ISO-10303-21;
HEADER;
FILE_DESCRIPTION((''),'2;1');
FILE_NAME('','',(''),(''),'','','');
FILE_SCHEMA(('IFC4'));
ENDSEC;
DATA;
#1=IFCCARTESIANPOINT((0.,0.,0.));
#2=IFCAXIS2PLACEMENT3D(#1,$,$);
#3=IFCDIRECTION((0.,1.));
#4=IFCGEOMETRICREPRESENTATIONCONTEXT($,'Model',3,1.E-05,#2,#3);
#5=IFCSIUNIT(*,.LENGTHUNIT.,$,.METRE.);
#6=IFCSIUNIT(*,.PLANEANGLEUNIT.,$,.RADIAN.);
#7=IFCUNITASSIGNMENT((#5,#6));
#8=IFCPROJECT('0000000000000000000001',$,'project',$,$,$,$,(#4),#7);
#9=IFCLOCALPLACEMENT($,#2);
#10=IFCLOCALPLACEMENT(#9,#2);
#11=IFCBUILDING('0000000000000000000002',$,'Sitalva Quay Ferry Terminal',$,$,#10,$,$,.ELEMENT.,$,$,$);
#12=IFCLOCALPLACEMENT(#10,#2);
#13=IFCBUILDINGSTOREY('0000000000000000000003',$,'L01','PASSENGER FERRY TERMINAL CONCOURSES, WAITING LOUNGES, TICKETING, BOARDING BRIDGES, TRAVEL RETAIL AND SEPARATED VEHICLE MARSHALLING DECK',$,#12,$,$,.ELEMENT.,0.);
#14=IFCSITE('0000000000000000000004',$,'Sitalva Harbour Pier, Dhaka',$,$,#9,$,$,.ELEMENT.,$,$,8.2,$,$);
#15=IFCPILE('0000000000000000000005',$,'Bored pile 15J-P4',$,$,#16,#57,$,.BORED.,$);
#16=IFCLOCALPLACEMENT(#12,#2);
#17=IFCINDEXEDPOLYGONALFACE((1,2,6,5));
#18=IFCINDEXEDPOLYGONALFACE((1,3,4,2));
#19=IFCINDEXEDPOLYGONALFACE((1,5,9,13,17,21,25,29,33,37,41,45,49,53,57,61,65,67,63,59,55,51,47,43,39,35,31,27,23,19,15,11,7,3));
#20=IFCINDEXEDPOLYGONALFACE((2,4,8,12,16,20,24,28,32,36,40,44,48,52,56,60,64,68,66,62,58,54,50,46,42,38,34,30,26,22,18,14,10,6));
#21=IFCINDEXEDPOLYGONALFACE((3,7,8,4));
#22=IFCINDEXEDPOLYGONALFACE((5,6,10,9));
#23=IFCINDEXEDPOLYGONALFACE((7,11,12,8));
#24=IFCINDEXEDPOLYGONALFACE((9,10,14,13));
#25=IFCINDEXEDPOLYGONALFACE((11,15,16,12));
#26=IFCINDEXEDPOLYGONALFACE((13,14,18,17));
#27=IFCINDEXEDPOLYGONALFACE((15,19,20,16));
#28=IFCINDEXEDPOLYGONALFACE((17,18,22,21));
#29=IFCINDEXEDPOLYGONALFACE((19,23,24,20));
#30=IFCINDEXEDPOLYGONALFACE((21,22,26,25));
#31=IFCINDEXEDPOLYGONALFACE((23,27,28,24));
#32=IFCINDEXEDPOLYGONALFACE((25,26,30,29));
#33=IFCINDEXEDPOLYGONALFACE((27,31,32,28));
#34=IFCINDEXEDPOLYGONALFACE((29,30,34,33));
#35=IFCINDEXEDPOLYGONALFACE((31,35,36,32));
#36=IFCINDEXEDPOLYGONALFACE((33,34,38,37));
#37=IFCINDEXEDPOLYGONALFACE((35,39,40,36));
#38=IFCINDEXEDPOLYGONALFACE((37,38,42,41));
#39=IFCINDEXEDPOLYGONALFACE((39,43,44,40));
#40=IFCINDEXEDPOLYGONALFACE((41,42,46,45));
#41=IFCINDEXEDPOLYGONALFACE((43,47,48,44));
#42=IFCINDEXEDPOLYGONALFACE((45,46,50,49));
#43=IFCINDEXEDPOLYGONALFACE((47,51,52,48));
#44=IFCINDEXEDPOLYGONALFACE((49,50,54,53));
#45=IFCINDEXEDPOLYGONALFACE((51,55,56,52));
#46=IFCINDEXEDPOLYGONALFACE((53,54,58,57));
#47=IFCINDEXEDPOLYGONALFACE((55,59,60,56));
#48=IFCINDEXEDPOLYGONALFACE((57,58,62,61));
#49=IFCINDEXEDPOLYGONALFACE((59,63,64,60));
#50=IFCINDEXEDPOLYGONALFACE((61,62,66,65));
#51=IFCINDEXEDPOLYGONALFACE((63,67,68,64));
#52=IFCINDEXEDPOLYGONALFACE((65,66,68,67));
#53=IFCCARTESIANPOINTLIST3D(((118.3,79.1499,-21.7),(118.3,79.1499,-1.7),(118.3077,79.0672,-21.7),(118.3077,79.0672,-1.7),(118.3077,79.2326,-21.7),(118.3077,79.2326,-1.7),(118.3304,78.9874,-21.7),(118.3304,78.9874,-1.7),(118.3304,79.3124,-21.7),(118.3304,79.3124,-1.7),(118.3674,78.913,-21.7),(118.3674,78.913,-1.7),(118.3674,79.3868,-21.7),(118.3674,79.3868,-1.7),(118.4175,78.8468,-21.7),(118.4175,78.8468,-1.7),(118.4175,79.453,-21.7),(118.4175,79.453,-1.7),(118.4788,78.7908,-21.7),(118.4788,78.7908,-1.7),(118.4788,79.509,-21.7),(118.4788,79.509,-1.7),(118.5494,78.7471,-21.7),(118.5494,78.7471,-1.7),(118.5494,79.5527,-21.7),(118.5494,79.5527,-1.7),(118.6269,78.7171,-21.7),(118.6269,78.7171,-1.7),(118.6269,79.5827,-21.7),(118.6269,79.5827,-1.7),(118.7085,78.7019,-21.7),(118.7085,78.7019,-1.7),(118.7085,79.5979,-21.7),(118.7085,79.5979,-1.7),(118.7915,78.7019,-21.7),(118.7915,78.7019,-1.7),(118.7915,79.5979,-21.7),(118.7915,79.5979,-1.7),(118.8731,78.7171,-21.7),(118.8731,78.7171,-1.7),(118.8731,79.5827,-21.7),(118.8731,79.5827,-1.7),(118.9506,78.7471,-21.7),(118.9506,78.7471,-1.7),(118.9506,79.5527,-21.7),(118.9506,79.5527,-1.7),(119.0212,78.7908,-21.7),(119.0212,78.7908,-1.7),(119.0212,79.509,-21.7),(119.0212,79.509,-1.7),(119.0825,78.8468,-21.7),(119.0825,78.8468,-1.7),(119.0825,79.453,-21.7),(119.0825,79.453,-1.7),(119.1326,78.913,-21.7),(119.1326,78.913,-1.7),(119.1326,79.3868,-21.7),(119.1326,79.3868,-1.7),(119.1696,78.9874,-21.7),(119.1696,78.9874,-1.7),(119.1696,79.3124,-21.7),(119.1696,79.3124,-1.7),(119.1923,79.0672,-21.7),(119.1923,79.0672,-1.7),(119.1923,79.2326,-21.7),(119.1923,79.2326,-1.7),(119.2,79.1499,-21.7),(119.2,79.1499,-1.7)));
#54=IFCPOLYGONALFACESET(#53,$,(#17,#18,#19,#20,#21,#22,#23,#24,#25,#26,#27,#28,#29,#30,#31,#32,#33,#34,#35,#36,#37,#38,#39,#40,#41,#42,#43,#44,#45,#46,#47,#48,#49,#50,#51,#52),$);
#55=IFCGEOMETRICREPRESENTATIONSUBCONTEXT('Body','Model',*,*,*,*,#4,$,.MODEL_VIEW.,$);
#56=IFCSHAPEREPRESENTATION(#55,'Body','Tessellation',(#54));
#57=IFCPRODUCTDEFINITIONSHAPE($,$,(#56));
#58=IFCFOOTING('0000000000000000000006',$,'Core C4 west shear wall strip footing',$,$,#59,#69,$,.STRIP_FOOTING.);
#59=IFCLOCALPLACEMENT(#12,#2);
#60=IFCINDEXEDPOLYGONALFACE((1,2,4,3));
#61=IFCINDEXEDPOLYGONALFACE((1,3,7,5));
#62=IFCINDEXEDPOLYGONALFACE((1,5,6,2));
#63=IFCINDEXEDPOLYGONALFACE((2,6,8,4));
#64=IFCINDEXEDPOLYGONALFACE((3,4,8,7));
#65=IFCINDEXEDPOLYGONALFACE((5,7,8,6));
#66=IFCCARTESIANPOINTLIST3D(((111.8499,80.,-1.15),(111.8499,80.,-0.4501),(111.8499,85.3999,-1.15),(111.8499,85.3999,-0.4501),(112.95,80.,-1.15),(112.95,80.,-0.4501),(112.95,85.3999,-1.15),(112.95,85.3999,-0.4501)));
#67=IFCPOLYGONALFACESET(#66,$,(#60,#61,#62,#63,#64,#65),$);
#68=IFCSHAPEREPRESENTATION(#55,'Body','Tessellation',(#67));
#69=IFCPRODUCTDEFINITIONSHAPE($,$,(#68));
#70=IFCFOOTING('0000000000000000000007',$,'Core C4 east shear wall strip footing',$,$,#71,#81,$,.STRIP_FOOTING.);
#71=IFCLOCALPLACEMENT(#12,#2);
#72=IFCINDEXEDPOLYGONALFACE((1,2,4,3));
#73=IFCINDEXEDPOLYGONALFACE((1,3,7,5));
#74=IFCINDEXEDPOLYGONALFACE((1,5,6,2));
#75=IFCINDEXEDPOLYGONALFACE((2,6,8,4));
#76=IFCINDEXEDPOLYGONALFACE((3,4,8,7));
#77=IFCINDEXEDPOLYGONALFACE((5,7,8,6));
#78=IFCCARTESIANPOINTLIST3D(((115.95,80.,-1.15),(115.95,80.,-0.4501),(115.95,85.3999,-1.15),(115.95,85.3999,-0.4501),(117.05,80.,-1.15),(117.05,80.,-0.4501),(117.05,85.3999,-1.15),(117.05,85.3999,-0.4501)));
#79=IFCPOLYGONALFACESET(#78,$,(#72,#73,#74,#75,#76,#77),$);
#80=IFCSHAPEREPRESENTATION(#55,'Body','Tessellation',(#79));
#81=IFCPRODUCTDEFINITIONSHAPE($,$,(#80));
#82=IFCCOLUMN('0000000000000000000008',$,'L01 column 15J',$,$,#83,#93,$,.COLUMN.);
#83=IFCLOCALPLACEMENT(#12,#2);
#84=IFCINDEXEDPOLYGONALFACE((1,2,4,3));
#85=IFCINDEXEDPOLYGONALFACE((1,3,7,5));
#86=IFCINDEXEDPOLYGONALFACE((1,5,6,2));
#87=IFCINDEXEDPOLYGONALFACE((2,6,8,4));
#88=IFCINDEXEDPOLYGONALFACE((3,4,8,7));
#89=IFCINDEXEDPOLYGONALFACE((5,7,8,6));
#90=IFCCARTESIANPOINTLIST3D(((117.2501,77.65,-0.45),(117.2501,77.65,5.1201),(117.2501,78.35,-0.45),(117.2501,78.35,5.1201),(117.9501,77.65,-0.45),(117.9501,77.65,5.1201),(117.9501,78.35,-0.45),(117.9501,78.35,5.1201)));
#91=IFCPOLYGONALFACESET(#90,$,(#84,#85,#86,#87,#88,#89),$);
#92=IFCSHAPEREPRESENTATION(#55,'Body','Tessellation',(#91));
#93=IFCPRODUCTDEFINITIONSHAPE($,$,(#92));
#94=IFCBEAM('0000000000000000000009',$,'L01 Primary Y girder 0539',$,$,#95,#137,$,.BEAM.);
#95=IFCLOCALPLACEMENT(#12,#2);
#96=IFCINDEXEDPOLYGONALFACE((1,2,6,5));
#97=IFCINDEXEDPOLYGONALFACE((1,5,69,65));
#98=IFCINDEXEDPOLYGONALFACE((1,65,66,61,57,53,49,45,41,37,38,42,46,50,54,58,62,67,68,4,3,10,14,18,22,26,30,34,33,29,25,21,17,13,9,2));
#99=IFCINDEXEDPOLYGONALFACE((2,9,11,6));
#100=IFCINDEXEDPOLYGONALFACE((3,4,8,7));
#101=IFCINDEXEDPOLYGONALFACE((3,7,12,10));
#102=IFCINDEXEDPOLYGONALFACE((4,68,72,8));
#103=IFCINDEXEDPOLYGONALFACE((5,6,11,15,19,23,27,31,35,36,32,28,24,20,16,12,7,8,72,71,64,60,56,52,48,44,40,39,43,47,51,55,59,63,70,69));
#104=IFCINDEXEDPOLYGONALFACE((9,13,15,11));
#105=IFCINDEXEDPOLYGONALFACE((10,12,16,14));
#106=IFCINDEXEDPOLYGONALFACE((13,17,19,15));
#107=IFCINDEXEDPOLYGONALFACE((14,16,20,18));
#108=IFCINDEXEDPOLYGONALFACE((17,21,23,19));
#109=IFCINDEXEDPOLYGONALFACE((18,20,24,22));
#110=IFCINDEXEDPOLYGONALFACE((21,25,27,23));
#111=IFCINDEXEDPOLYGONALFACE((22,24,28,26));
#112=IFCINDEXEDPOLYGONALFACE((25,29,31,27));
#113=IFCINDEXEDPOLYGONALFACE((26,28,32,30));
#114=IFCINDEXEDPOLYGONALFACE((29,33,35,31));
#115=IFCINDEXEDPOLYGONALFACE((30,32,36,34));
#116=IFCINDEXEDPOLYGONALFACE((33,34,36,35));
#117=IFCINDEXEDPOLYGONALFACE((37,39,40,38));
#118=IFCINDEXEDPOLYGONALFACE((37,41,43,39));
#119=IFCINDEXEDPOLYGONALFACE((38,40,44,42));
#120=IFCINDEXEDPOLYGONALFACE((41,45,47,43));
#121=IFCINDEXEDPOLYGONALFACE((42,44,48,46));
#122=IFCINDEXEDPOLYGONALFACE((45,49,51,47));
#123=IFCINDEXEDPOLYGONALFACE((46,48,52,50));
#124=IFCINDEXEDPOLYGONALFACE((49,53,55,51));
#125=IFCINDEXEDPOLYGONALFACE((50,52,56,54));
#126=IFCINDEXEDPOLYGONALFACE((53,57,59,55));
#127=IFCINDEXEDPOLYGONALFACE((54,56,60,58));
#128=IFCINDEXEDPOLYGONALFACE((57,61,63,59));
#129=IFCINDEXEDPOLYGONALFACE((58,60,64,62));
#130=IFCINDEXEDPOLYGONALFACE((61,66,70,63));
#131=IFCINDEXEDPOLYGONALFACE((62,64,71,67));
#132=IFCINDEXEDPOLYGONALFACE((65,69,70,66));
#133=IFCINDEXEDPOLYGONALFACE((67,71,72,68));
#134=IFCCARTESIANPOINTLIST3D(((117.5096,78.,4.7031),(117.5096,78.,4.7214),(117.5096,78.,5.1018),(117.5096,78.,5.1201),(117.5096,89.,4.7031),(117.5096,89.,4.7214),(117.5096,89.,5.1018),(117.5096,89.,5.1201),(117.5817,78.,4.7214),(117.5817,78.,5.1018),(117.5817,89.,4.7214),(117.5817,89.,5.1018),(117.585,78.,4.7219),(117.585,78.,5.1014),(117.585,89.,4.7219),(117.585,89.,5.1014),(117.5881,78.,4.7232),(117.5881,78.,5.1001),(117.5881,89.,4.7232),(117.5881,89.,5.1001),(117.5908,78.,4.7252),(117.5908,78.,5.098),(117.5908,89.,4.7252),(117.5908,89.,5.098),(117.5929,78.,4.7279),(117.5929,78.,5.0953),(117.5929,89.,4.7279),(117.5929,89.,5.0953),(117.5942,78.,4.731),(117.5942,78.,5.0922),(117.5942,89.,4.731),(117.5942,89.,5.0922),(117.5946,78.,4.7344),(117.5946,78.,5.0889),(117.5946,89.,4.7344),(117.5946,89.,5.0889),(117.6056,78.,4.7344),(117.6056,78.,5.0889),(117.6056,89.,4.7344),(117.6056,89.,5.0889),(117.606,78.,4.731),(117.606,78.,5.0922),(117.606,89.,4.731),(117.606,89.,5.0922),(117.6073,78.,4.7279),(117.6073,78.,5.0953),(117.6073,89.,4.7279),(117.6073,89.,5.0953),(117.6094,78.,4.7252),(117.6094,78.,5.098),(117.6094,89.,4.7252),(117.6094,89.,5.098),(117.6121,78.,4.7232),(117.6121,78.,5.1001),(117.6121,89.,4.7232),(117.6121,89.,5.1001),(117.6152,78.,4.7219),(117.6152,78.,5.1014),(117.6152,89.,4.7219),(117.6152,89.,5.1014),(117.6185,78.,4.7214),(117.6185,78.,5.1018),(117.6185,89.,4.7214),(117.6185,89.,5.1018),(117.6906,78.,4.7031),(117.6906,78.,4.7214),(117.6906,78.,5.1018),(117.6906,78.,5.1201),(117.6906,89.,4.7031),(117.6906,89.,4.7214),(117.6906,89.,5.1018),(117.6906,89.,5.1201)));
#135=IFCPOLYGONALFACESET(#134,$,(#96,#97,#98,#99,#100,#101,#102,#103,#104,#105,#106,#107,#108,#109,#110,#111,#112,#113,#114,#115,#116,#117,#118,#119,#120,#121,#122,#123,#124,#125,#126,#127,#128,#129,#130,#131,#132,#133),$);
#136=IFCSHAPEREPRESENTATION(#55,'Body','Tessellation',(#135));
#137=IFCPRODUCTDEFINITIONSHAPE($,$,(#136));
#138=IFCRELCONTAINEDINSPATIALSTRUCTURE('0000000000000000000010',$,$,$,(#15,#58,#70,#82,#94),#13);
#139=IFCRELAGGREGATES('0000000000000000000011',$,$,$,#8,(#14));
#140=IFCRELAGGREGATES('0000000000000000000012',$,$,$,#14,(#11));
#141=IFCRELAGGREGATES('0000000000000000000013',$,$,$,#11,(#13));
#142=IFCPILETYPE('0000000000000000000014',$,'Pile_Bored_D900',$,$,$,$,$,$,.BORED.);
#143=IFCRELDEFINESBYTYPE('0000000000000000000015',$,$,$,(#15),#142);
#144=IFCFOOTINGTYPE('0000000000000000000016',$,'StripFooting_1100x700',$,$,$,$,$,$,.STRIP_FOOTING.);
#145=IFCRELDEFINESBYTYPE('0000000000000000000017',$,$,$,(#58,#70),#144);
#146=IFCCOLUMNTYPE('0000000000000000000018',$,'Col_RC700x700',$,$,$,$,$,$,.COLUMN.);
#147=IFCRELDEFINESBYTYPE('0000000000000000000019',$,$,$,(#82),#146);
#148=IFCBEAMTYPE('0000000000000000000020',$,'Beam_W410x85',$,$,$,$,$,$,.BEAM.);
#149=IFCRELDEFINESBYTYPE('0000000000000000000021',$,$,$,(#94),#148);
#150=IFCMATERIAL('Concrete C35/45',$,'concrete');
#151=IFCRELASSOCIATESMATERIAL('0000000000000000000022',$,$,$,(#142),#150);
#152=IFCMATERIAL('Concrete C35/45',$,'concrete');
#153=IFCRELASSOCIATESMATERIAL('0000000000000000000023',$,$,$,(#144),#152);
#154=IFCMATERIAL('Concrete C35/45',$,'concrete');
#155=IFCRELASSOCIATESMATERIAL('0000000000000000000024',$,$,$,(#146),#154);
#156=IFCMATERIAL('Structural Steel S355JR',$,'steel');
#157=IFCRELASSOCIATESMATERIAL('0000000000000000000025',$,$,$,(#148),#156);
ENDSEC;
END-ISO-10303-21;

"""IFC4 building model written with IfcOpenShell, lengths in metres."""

from ifc_helpers import new_model, si_unit, direction, frame, origin, origin_2d, place, context, subcontext, project, spatial, rectangle, circle, i_section, extrude, material, material_profile, profile_set, type_object, element, save


model = new_model("IFC4")

# Units and contexts
model_context = context("Model", 3, precision=1e-05, world=origin(), true_north=direction((0.0, 1.0)))
body_context = subcontext(model_context, "Body", "Model", "MODEL_VIEW")
ifc_project = project(units=[si_unit("LENGTHUNIT", "METRE"), si_unit("PLANEANGLEUNIT", "RADIAN")], contexts=[model_context])

# Site, building, storey
site_placement = place(None, origin())
site = spatial("IfcSite", under=ifc_project, at=site_placement, Name="Sitalva Harbour Pier, Dhaka", CompositionType="ELEMENT", RefElevation=8.2)
building_placement = place(site_placement, origin())
building = spatial("IfcBuilding", under=site, at=building_placement, Name="Sitalva Quay Ferry Terminal", CompositionType="ELEMENT")
storey_placement = place(building_placement, origin())
storey = spatial("IfcBuildingStorey", under=building, at=storey_placement, Name="L01", Description="PASSENGER FERRY TERMINAL CONCOURSES, WAITING LOUNGES, TICKETING, BOARDING BRIDGES, TRAVEL RETAIL AND SEPARATED VEHICLE MARSHALLING DECK", CompositionType="ELEMENT", Elevation=0.0)

# Pile
ifc_material_1 = material(Name="Concrete C35/45", Category="concrete")
ifc_material_profile_1 = material_profile(ifc_material_1, circle(Radius=0.45, at=origin_2d()), Name="PILE-D900")
ifc_profile_set_1 = profile_set([ifc_material_profile_1], Name="Concrete C35/45")
pile_type = type_object("IfcPileType", Name="Pile_Bored_D900", PredefinedType="BORED", material=ifc_profile_set_1)
for number, where, z_axis, x_axis, name in (
    (1, (118.75, 79.1499, -1.7), (0.0, 0.0, -1.0), (1.0, 0.0, 0.0), "Bored pile 15J-P4"),
):
    element("IfcPile", number, at=place(storey_placement, frame(where, z_axis=z_axis, x_axis=x_axis)), inside=storey, type_object=pile_type, Name=name, PredefinedType="BORED", context=body_context, shape_type="SweptSolid", body=[
        extrude(circle(Radius=0.45, at=origin_2d()), origin(), (0.0, 0.0, 1.0), 20.0),
    ])

# Footings
ifc_material_2 = material(Name="Concrete C35/45", Category="concrete")
ifc_material_profile_2 = material_profile(ifc_material_2, rectangle(XDim=1.1001, YDim=0.7, at=origin_2d()), Name="RC1100x700")
ifc_profile_set_2 = profile_set([ifc_material_profile_2], Name="Concrete C35/45")
footing_type_1 = type_object("IfcFootingType", Name="StripFooting_1100x700", PredefinedType="STRIP_FOOTING", material=ifc_profile_set_2)
for number, where, z_axis, x_axis, name in (
    (2, (112.3999, 80.0, -0.8), (0.0, 1.0, 0.0), (-1.0, 0.0, 0.0), "Core C4 west shear wall strip footing"),
    (3, (116.5, 80.0, -0.8), (0.0, 1.0, 0.0), (-1.0, 0.0, 0.0), "Core C4 east shear wall strip footing"),
):
    element("IfcFooting", number, at=place(storey_placement, frame(where, z_axis=z_axis, x_axis=x_axis)), inside=storey, type_object=footing_type_1, Name=name, PredefinedType="STRIP_FOOTING", context=body_context, shape_type="SweptSolid", body=[
        extrude(rectangle(XDim=1.1001, YDim=0.7, at=origin_2d()), origin(), (0.0, 0.0, 1.0), 5.3999),
    ])

# Column
ifc_material_3 = material(Name="Concrete C35/45", Category="concrete")
ifc_material_profile_3 = material_profile(ifc_material_3, rectangle(XDim=0.7, YDim=0.7, at=origin_2d()), Name="RC700x700")
ifc_profile_set_3 = profile_set([ifc_material_profile_3], Name="Concrete C35/45")
column_type = type_object("IfcColumnType", Name="Col_RC700x700", PredefinedType="COLUMN", material=ifc_profile_set_3)
column_placement = place(storey_placement, frame((117.6001, 78.0, -0.45), z_axis=(0.0, 0.0, 1.0), x_axis=(1.0, 0.0, 0.0)))
element("IfcColumn", 4, at=column_placement, inside=storey, type_object=column_type, Name="L01 column 15J", PredefinedType="COLUMN", context=body_context, shape_type="SweptSolid", body=[
    extrude(rectangle(XDim=0.7, YDim=0.7, at=origin_2d()), origin(), (0.0, 0.0, 1.0), 5.5701),
])

# Beam
ifc_material_4 = material(Name="Structural Steel S355JR", Category="steel")
ifc_material_profile_4 = material_profile(ifc_material_4, i_section(OverallWidth=0.1809, OverallDepth=0.417, WebThickness=0.011, FlangeThickness=0.0183, FilletRadius=0.0129, at=origin_2d()), Name="W410x85")
ifc_profile_set_4 = profile_set([ifc_material_profile_4], Name="Structural Steel S355JR")
beam_type_1 = type_object("IfcBeamType", Name="Beam_W410x85", PredefinedType="BEAM", material=ifc_profile_set_4)
beam_1_placement = place(storey_placement, frame((117.6001, 78.0, 4.9116), z_axis=(0.0, 1.0, 0.0), x_axis=(-1.0, 0.0, 0.0)))
element("IfcBeam", 5, at=beam_1_placement, inside=storey, type_object=beam_type_1, Name="L01 Primary Y girder 0539", PredefinedType="BEAM", context=body_context, shape_type="SweptSolid", body=[
    extrude(i_section(OverallWidth=0.1809, OverallDepth=0.417, WebThickness=0.011, FlangeThickness=0.0183, FilletRadius=0.0129, at=origin_2d()), origin(), (0.0, 0.0, 1.0), 11.0),
])

save(model, "model.ifc")
